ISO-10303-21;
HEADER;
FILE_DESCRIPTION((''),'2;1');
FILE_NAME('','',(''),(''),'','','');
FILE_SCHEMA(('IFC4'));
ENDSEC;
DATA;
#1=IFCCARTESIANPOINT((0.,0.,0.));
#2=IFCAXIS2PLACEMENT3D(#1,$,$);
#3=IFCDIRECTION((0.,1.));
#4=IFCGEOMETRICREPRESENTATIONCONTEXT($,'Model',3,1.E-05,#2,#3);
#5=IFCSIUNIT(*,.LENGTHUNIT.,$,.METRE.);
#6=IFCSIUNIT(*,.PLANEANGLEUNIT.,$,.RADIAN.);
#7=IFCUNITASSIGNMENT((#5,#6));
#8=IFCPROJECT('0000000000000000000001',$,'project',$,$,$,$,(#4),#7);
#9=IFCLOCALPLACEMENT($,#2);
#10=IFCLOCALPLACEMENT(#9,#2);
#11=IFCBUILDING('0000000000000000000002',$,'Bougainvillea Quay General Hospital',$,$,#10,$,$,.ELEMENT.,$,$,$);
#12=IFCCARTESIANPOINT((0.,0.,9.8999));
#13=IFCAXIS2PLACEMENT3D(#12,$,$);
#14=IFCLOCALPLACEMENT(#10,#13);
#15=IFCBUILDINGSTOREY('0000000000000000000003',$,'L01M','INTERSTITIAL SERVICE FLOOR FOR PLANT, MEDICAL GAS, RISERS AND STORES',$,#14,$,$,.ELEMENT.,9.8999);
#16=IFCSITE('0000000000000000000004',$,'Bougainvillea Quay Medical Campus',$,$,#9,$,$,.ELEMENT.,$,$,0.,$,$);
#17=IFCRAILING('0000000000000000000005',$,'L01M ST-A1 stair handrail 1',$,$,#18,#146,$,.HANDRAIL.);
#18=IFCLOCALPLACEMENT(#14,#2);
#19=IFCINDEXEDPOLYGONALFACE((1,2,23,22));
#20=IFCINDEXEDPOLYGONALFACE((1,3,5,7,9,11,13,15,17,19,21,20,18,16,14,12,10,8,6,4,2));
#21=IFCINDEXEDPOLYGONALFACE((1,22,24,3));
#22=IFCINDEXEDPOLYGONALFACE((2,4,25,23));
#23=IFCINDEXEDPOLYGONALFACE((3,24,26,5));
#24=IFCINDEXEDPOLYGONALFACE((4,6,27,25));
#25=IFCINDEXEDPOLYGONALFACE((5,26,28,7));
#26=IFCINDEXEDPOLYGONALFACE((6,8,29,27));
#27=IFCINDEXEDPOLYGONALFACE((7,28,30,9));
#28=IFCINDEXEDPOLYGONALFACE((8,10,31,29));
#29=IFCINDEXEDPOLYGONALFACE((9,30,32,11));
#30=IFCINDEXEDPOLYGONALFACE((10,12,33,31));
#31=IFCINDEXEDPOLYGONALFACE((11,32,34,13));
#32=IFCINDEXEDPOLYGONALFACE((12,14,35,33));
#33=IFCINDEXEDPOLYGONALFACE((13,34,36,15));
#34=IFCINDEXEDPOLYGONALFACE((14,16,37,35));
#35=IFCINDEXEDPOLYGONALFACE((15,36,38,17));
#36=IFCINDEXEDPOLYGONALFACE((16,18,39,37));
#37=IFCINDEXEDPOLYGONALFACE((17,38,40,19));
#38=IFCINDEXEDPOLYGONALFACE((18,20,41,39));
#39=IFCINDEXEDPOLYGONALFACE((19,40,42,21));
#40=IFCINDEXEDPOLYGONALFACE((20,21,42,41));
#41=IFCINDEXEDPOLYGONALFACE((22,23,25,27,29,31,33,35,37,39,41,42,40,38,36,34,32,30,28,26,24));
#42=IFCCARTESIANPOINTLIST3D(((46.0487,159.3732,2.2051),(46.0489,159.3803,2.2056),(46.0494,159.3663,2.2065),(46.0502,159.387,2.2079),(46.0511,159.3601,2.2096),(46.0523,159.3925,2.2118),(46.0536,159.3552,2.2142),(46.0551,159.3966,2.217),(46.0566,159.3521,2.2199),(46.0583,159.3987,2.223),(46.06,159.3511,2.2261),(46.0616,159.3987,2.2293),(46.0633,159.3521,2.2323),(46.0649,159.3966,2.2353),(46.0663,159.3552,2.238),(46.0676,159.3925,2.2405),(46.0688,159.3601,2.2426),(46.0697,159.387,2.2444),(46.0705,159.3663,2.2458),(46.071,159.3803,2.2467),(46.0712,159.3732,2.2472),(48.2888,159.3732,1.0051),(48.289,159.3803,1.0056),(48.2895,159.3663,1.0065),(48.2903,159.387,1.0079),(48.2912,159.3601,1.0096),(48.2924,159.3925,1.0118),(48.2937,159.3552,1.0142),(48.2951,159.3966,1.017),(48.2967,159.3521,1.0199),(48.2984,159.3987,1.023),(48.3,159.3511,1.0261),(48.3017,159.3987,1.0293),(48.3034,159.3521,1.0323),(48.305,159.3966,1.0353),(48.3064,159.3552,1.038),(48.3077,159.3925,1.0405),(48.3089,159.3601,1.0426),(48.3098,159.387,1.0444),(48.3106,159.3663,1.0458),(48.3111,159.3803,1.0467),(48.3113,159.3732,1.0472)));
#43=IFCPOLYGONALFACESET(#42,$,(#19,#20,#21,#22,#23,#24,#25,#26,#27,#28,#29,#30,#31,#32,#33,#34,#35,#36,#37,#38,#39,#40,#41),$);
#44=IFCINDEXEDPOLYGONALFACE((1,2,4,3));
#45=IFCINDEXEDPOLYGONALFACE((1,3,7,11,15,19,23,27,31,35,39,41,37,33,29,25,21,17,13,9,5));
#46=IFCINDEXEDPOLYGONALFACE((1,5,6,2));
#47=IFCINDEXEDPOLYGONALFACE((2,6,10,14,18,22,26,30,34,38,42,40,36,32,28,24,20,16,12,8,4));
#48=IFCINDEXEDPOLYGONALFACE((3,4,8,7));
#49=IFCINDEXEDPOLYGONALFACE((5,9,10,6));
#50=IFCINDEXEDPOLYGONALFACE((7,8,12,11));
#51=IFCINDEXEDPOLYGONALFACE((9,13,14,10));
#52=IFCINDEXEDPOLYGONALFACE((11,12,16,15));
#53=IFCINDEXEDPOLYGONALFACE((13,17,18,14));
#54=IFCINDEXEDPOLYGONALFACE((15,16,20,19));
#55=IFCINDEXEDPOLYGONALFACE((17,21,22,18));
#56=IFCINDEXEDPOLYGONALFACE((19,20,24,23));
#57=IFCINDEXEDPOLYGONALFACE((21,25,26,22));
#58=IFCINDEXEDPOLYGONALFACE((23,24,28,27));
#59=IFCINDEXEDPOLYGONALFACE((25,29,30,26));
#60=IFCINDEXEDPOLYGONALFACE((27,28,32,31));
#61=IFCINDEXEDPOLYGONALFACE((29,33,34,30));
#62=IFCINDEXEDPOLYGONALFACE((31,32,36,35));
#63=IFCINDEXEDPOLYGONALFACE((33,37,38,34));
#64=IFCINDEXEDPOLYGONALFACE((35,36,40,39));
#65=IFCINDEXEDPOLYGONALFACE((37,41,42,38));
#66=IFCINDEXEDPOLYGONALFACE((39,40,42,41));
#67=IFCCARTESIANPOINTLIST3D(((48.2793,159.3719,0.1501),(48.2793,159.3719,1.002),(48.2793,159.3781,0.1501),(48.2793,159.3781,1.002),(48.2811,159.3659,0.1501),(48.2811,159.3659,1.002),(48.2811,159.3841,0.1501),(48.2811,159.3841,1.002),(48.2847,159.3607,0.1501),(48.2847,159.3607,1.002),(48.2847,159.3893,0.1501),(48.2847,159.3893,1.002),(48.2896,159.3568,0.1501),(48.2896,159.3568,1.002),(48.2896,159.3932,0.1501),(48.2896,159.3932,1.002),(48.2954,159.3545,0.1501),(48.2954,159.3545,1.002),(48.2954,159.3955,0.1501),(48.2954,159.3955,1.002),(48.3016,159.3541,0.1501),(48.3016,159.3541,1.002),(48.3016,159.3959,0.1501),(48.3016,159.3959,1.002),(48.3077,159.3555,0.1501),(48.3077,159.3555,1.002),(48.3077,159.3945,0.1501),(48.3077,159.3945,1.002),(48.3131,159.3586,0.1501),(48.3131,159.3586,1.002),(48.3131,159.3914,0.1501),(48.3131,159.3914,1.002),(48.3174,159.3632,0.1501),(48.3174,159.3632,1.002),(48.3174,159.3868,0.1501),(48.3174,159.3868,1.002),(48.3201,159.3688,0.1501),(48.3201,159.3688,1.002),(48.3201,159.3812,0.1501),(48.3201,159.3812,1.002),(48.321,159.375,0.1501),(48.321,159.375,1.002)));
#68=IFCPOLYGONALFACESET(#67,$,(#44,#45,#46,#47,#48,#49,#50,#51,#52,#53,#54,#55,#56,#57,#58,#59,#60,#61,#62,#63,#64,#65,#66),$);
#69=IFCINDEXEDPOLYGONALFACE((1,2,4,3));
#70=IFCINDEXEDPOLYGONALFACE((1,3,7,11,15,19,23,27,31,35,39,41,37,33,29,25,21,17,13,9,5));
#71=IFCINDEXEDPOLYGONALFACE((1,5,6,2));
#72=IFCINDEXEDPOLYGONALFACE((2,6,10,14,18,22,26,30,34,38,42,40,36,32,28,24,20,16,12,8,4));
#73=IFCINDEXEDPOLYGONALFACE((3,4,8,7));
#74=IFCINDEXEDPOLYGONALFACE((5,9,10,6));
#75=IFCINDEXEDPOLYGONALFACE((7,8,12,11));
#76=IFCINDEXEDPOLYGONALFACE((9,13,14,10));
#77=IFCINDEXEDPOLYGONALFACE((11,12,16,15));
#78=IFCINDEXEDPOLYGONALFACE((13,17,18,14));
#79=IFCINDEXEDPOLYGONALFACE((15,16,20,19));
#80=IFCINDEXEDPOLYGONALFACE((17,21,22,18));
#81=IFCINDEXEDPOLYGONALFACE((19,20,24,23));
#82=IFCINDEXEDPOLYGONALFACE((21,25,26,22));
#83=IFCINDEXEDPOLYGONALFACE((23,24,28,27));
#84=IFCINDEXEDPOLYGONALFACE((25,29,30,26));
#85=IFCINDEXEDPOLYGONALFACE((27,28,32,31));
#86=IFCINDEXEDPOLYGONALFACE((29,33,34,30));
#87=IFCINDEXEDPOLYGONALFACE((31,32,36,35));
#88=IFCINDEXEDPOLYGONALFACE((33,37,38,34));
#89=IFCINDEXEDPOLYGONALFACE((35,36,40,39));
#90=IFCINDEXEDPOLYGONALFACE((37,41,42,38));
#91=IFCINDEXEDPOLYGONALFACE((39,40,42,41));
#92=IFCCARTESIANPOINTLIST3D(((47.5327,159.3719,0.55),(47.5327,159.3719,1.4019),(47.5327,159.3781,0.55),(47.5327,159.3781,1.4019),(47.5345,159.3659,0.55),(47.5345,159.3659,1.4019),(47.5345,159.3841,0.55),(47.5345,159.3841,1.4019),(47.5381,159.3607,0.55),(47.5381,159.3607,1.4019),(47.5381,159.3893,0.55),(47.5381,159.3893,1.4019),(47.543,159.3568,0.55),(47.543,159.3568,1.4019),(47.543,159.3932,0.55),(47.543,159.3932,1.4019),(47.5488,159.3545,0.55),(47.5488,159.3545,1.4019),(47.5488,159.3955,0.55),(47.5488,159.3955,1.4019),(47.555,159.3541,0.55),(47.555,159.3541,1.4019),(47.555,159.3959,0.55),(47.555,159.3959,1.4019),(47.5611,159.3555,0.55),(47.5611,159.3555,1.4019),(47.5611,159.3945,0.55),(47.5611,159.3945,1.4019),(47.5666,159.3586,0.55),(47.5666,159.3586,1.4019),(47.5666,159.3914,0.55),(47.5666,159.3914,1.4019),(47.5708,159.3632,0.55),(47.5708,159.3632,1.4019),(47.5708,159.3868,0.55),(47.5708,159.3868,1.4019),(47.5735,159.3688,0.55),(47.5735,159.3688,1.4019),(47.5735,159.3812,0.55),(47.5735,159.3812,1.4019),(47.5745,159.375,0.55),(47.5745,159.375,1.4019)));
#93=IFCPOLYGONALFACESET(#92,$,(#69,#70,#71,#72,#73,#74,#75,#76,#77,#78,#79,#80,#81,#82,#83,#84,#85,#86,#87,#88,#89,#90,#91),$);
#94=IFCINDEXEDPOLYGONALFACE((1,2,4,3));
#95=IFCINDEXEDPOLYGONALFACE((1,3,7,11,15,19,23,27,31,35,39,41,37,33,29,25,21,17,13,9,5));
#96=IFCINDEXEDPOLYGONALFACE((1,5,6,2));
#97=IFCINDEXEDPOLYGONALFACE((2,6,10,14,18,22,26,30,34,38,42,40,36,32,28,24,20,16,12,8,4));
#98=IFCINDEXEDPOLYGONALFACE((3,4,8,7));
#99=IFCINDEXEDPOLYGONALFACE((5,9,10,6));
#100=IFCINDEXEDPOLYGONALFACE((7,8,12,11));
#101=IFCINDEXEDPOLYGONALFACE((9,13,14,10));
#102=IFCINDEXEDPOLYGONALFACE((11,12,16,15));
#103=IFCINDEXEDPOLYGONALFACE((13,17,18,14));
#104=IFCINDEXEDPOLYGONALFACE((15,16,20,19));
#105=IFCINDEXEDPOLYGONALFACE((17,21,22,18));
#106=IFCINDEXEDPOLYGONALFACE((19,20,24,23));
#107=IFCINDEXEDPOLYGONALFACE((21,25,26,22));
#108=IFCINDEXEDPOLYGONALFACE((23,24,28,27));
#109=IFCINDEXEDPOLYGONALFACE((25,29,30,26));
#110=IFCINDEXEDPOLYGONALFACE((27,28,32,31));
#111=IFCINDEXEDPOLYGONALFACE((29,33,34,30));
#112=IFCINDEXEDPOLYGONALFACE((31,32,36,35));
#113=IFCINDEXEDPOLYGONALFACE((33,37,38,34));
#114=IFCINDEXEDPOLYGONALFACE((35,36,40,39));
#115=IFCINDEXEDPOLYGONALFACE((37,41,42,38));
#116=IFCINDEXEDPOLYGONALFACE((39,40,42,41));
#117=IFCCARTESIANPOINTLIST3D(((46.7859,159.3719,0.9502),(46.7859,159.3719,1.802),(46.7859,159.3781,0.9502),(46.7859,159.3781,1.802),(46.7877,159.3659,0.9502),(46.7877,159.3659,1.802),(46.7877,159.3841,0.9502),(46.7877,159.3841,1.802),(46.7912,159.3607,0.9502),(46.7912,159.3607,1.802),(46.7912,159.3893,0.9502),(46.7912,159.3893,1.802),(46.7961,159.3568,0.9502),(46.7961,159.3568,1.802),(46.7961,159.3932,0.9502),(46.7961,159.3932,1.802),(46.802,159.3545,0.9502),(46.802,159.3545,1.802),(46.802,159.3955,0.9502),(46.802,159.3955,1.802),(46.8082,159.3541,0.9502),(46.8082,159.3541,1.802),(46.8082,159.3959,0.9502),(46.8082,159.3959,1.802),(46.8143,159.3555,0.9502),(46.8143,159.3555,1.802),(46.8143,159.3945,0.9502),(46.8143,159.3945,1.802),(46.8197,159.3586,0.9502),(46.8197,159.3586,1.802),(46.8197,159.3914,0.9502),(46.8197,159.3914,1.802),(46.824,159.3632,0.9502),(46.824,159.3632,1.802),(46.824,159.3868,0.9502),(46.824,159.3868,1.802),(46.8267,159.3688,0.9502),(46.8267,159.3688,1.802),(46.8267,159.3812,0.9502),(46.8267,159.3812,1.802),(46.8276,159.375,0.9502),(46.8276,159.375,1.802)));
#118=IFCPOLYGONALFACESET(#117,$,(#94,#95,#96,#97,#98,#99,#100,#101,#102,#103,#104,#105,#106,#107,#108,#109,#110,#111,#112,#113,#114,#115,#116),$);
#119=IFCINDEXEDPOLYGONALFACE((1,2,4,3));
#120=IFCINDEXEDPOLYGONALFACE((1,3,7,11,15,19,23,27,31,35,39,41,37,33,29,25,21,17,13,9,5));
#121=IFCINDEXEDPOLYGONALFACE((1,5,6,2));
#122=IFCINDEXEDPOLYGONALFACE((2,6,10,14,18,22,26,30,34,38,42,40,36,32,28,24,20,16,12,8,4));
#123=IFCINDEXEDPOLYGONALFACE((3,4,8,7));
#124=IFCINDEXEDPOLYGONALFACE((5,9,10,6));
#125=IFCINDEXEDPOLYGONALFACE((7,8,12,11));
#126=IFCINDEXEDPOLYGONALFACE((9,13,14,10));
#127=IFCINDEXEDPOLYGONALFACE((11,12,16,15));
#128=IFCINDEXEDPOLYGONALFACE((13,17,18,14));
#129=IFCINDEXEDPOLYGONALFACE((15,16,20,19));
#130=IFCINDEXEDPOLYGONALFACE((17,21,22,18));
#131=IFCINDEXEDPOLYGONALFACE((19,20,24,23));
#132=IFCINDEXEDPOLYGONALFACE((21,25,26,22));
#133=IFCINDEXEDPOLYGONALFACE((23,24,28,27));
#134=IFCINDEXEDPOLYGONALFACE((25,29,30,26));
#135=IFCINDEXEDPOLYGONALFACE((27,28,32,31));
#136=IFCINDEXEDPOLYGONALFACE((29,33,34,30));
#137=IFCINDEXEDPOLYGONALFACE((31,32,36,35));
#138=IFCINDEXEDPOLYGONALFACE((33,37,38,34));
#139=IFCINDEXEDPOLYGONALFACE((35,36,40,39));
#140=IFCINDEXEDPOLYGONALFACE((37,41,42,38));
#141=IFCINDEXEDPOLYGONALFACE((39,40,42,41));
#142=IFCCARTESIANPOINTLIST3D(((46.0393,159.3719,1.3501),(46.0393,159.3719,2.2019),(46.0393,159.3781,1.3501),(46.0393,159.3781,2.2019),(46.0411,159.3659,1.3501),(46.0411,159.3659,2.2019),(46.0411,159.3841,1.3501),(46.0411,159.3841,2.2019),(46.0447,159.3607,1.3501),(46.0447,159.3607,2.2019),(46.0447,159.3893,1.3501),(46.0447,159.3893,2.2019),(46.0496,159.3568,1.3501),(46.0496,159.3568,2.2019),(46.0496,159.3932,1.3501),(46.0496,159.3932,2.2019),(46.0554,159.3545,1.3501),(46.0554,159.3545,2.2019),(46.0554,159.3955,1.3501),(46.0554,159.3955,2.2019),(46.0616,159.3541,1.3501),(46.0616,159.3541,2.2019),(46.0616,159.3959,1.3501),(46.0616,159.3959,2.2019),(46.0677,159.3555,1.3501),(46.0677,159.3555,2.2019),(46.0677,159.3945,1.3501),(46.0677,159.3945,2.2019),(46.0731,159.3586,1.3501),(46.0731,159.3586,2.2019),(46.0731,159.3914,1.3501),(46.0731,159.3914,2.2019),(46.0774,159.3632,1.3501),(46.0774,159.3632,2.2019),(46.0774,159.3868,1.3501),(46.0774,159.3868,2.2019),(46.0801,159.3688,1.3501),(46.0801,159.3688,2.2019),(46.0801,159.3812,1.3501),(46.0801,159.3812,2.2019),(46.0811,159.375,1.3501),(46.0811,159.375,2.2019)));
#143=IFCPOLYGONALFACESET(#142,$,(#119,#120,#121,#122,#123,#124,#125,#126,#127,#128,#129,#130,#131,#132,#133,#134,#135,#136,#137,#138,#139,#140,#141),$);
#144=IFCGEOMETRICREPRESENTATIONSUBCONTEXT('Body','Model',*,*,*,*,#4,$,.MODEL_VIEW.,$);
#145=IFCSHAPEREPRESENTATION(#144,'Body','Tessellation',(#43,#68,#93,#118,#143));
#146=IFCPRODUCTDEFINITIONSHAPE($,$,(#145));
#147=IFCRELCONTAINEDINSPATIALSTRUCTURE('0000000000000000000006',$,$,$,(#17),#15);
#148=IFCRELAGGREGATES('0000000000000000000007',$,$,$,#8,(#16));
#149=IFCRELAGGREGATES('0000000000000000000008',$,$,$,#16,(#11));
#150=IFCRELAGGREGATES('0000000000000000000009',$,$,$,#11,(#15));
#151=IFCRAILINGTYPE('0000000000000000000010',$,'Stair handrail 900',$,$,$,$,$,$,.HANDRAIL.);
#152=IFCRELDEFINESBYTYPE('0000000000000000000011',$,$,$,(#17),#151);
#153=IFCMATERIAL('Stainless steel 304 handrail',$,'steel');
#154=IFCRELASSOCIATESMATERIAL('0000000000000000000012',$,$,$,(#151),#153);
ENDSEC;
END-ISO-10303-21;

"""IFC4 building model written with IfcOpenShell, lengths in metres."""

from ifc_helpers import new_model, si_unit, direction, frame, origin, origin_2d, place, context, subcontext, project, spatial, circle, extrude, material, type_object, element, save


model = new_model("IFC4")

# Units and contexts
model_context = context("Model", 3, precision=1e-05, world=origin(), true_north=direction((0.0, 1.0)))
body_context = subcontext(model_context, "Body", "Model", "MODEL_VIEW")
ifc_project = project(units=[si_unit("LENGTHUNIT", "METRE"), si_unit("PLANEANGLEUNIT", "RADIAN")], contexts=[model_context])

# Site, building, storey
site_placement = place(None, origin())
site = spatial("IfcSite", under=ifc_project, at=site_placement, Name="Bougainvillea Quay Medical Campus", CompositionType="ELEMENT", RefElevation=0.0)
building_placement = place(site_placement, origin())
building = spatial("IfcBuilding", under=site, at=building_placement, Name="Bougainvillea Quay General Hospital", CompositionType="ELEMENT")
storey_placement = place(building_placement, frame((0.0, 0.0, 9.8999)))
storey = spatial("IfcBuildingStorey", under=building, at=storey_placement, Name="L01M", Description="INTERSTITIAL SERVICE FLOOR FOR PLANT, MEDICAL GAS, RISERS AND STORES", CompositionType="ELEMENT", Elevation=9.8999)

# Railing
ifc_material_1 = material(Name="Stainless steel 304 handrail", Category="steel")
railing_type_1 = type_object("IfcRailingType", Name="Stair handrail 900", PredefinedType="HANDRAIL", material=ifc_material_1)
railing_1_placement = place(storey_placement, frame((48.3, 159.375, 0.1501)))
element("IfcRailing", 1, at=railing_1_placement, inside=storey, type_object=railing_type_1, Name="L01M ST-A1 stair handrail 1", PredefinedType="HANDRAIL", context=body_context, shape_type="SweptSolid", body=[
    extrude(circle(Radius=0.0239, at=origin_2d()), frame((0.0, 0.0, 0.876), z_axis=(-0.881487, 0.0, 0.472208), x_axis=(0.0, -1.0, 0.0)), (0.0, 0.0, 1.0), 2.5413),
    extrude(circle(Radius=0.021, at=origin_2d()), origin(), (0.0, 0.0, 1.0), 0.8518),
    extrude(circle(Radius=0.021, at=origin_2d()), frame((-0.7466, 0.0, 0.3999)), (0.0, 0.0, 1.0), 0.8518),
    extrude(circle(Radius=0.021, at=origin_2d()), frame((-1.4934, 0.0, 0.8)), (0.0, 0.0, 1.0), 0.8518),
    extrude(circle(Radius=0.021, at=origin_2d()), frame((-2.24, 0.0, 1.2)), (0.0, 0.0, 1.0), 0.8518),
])

save(model, "model.ifc")
